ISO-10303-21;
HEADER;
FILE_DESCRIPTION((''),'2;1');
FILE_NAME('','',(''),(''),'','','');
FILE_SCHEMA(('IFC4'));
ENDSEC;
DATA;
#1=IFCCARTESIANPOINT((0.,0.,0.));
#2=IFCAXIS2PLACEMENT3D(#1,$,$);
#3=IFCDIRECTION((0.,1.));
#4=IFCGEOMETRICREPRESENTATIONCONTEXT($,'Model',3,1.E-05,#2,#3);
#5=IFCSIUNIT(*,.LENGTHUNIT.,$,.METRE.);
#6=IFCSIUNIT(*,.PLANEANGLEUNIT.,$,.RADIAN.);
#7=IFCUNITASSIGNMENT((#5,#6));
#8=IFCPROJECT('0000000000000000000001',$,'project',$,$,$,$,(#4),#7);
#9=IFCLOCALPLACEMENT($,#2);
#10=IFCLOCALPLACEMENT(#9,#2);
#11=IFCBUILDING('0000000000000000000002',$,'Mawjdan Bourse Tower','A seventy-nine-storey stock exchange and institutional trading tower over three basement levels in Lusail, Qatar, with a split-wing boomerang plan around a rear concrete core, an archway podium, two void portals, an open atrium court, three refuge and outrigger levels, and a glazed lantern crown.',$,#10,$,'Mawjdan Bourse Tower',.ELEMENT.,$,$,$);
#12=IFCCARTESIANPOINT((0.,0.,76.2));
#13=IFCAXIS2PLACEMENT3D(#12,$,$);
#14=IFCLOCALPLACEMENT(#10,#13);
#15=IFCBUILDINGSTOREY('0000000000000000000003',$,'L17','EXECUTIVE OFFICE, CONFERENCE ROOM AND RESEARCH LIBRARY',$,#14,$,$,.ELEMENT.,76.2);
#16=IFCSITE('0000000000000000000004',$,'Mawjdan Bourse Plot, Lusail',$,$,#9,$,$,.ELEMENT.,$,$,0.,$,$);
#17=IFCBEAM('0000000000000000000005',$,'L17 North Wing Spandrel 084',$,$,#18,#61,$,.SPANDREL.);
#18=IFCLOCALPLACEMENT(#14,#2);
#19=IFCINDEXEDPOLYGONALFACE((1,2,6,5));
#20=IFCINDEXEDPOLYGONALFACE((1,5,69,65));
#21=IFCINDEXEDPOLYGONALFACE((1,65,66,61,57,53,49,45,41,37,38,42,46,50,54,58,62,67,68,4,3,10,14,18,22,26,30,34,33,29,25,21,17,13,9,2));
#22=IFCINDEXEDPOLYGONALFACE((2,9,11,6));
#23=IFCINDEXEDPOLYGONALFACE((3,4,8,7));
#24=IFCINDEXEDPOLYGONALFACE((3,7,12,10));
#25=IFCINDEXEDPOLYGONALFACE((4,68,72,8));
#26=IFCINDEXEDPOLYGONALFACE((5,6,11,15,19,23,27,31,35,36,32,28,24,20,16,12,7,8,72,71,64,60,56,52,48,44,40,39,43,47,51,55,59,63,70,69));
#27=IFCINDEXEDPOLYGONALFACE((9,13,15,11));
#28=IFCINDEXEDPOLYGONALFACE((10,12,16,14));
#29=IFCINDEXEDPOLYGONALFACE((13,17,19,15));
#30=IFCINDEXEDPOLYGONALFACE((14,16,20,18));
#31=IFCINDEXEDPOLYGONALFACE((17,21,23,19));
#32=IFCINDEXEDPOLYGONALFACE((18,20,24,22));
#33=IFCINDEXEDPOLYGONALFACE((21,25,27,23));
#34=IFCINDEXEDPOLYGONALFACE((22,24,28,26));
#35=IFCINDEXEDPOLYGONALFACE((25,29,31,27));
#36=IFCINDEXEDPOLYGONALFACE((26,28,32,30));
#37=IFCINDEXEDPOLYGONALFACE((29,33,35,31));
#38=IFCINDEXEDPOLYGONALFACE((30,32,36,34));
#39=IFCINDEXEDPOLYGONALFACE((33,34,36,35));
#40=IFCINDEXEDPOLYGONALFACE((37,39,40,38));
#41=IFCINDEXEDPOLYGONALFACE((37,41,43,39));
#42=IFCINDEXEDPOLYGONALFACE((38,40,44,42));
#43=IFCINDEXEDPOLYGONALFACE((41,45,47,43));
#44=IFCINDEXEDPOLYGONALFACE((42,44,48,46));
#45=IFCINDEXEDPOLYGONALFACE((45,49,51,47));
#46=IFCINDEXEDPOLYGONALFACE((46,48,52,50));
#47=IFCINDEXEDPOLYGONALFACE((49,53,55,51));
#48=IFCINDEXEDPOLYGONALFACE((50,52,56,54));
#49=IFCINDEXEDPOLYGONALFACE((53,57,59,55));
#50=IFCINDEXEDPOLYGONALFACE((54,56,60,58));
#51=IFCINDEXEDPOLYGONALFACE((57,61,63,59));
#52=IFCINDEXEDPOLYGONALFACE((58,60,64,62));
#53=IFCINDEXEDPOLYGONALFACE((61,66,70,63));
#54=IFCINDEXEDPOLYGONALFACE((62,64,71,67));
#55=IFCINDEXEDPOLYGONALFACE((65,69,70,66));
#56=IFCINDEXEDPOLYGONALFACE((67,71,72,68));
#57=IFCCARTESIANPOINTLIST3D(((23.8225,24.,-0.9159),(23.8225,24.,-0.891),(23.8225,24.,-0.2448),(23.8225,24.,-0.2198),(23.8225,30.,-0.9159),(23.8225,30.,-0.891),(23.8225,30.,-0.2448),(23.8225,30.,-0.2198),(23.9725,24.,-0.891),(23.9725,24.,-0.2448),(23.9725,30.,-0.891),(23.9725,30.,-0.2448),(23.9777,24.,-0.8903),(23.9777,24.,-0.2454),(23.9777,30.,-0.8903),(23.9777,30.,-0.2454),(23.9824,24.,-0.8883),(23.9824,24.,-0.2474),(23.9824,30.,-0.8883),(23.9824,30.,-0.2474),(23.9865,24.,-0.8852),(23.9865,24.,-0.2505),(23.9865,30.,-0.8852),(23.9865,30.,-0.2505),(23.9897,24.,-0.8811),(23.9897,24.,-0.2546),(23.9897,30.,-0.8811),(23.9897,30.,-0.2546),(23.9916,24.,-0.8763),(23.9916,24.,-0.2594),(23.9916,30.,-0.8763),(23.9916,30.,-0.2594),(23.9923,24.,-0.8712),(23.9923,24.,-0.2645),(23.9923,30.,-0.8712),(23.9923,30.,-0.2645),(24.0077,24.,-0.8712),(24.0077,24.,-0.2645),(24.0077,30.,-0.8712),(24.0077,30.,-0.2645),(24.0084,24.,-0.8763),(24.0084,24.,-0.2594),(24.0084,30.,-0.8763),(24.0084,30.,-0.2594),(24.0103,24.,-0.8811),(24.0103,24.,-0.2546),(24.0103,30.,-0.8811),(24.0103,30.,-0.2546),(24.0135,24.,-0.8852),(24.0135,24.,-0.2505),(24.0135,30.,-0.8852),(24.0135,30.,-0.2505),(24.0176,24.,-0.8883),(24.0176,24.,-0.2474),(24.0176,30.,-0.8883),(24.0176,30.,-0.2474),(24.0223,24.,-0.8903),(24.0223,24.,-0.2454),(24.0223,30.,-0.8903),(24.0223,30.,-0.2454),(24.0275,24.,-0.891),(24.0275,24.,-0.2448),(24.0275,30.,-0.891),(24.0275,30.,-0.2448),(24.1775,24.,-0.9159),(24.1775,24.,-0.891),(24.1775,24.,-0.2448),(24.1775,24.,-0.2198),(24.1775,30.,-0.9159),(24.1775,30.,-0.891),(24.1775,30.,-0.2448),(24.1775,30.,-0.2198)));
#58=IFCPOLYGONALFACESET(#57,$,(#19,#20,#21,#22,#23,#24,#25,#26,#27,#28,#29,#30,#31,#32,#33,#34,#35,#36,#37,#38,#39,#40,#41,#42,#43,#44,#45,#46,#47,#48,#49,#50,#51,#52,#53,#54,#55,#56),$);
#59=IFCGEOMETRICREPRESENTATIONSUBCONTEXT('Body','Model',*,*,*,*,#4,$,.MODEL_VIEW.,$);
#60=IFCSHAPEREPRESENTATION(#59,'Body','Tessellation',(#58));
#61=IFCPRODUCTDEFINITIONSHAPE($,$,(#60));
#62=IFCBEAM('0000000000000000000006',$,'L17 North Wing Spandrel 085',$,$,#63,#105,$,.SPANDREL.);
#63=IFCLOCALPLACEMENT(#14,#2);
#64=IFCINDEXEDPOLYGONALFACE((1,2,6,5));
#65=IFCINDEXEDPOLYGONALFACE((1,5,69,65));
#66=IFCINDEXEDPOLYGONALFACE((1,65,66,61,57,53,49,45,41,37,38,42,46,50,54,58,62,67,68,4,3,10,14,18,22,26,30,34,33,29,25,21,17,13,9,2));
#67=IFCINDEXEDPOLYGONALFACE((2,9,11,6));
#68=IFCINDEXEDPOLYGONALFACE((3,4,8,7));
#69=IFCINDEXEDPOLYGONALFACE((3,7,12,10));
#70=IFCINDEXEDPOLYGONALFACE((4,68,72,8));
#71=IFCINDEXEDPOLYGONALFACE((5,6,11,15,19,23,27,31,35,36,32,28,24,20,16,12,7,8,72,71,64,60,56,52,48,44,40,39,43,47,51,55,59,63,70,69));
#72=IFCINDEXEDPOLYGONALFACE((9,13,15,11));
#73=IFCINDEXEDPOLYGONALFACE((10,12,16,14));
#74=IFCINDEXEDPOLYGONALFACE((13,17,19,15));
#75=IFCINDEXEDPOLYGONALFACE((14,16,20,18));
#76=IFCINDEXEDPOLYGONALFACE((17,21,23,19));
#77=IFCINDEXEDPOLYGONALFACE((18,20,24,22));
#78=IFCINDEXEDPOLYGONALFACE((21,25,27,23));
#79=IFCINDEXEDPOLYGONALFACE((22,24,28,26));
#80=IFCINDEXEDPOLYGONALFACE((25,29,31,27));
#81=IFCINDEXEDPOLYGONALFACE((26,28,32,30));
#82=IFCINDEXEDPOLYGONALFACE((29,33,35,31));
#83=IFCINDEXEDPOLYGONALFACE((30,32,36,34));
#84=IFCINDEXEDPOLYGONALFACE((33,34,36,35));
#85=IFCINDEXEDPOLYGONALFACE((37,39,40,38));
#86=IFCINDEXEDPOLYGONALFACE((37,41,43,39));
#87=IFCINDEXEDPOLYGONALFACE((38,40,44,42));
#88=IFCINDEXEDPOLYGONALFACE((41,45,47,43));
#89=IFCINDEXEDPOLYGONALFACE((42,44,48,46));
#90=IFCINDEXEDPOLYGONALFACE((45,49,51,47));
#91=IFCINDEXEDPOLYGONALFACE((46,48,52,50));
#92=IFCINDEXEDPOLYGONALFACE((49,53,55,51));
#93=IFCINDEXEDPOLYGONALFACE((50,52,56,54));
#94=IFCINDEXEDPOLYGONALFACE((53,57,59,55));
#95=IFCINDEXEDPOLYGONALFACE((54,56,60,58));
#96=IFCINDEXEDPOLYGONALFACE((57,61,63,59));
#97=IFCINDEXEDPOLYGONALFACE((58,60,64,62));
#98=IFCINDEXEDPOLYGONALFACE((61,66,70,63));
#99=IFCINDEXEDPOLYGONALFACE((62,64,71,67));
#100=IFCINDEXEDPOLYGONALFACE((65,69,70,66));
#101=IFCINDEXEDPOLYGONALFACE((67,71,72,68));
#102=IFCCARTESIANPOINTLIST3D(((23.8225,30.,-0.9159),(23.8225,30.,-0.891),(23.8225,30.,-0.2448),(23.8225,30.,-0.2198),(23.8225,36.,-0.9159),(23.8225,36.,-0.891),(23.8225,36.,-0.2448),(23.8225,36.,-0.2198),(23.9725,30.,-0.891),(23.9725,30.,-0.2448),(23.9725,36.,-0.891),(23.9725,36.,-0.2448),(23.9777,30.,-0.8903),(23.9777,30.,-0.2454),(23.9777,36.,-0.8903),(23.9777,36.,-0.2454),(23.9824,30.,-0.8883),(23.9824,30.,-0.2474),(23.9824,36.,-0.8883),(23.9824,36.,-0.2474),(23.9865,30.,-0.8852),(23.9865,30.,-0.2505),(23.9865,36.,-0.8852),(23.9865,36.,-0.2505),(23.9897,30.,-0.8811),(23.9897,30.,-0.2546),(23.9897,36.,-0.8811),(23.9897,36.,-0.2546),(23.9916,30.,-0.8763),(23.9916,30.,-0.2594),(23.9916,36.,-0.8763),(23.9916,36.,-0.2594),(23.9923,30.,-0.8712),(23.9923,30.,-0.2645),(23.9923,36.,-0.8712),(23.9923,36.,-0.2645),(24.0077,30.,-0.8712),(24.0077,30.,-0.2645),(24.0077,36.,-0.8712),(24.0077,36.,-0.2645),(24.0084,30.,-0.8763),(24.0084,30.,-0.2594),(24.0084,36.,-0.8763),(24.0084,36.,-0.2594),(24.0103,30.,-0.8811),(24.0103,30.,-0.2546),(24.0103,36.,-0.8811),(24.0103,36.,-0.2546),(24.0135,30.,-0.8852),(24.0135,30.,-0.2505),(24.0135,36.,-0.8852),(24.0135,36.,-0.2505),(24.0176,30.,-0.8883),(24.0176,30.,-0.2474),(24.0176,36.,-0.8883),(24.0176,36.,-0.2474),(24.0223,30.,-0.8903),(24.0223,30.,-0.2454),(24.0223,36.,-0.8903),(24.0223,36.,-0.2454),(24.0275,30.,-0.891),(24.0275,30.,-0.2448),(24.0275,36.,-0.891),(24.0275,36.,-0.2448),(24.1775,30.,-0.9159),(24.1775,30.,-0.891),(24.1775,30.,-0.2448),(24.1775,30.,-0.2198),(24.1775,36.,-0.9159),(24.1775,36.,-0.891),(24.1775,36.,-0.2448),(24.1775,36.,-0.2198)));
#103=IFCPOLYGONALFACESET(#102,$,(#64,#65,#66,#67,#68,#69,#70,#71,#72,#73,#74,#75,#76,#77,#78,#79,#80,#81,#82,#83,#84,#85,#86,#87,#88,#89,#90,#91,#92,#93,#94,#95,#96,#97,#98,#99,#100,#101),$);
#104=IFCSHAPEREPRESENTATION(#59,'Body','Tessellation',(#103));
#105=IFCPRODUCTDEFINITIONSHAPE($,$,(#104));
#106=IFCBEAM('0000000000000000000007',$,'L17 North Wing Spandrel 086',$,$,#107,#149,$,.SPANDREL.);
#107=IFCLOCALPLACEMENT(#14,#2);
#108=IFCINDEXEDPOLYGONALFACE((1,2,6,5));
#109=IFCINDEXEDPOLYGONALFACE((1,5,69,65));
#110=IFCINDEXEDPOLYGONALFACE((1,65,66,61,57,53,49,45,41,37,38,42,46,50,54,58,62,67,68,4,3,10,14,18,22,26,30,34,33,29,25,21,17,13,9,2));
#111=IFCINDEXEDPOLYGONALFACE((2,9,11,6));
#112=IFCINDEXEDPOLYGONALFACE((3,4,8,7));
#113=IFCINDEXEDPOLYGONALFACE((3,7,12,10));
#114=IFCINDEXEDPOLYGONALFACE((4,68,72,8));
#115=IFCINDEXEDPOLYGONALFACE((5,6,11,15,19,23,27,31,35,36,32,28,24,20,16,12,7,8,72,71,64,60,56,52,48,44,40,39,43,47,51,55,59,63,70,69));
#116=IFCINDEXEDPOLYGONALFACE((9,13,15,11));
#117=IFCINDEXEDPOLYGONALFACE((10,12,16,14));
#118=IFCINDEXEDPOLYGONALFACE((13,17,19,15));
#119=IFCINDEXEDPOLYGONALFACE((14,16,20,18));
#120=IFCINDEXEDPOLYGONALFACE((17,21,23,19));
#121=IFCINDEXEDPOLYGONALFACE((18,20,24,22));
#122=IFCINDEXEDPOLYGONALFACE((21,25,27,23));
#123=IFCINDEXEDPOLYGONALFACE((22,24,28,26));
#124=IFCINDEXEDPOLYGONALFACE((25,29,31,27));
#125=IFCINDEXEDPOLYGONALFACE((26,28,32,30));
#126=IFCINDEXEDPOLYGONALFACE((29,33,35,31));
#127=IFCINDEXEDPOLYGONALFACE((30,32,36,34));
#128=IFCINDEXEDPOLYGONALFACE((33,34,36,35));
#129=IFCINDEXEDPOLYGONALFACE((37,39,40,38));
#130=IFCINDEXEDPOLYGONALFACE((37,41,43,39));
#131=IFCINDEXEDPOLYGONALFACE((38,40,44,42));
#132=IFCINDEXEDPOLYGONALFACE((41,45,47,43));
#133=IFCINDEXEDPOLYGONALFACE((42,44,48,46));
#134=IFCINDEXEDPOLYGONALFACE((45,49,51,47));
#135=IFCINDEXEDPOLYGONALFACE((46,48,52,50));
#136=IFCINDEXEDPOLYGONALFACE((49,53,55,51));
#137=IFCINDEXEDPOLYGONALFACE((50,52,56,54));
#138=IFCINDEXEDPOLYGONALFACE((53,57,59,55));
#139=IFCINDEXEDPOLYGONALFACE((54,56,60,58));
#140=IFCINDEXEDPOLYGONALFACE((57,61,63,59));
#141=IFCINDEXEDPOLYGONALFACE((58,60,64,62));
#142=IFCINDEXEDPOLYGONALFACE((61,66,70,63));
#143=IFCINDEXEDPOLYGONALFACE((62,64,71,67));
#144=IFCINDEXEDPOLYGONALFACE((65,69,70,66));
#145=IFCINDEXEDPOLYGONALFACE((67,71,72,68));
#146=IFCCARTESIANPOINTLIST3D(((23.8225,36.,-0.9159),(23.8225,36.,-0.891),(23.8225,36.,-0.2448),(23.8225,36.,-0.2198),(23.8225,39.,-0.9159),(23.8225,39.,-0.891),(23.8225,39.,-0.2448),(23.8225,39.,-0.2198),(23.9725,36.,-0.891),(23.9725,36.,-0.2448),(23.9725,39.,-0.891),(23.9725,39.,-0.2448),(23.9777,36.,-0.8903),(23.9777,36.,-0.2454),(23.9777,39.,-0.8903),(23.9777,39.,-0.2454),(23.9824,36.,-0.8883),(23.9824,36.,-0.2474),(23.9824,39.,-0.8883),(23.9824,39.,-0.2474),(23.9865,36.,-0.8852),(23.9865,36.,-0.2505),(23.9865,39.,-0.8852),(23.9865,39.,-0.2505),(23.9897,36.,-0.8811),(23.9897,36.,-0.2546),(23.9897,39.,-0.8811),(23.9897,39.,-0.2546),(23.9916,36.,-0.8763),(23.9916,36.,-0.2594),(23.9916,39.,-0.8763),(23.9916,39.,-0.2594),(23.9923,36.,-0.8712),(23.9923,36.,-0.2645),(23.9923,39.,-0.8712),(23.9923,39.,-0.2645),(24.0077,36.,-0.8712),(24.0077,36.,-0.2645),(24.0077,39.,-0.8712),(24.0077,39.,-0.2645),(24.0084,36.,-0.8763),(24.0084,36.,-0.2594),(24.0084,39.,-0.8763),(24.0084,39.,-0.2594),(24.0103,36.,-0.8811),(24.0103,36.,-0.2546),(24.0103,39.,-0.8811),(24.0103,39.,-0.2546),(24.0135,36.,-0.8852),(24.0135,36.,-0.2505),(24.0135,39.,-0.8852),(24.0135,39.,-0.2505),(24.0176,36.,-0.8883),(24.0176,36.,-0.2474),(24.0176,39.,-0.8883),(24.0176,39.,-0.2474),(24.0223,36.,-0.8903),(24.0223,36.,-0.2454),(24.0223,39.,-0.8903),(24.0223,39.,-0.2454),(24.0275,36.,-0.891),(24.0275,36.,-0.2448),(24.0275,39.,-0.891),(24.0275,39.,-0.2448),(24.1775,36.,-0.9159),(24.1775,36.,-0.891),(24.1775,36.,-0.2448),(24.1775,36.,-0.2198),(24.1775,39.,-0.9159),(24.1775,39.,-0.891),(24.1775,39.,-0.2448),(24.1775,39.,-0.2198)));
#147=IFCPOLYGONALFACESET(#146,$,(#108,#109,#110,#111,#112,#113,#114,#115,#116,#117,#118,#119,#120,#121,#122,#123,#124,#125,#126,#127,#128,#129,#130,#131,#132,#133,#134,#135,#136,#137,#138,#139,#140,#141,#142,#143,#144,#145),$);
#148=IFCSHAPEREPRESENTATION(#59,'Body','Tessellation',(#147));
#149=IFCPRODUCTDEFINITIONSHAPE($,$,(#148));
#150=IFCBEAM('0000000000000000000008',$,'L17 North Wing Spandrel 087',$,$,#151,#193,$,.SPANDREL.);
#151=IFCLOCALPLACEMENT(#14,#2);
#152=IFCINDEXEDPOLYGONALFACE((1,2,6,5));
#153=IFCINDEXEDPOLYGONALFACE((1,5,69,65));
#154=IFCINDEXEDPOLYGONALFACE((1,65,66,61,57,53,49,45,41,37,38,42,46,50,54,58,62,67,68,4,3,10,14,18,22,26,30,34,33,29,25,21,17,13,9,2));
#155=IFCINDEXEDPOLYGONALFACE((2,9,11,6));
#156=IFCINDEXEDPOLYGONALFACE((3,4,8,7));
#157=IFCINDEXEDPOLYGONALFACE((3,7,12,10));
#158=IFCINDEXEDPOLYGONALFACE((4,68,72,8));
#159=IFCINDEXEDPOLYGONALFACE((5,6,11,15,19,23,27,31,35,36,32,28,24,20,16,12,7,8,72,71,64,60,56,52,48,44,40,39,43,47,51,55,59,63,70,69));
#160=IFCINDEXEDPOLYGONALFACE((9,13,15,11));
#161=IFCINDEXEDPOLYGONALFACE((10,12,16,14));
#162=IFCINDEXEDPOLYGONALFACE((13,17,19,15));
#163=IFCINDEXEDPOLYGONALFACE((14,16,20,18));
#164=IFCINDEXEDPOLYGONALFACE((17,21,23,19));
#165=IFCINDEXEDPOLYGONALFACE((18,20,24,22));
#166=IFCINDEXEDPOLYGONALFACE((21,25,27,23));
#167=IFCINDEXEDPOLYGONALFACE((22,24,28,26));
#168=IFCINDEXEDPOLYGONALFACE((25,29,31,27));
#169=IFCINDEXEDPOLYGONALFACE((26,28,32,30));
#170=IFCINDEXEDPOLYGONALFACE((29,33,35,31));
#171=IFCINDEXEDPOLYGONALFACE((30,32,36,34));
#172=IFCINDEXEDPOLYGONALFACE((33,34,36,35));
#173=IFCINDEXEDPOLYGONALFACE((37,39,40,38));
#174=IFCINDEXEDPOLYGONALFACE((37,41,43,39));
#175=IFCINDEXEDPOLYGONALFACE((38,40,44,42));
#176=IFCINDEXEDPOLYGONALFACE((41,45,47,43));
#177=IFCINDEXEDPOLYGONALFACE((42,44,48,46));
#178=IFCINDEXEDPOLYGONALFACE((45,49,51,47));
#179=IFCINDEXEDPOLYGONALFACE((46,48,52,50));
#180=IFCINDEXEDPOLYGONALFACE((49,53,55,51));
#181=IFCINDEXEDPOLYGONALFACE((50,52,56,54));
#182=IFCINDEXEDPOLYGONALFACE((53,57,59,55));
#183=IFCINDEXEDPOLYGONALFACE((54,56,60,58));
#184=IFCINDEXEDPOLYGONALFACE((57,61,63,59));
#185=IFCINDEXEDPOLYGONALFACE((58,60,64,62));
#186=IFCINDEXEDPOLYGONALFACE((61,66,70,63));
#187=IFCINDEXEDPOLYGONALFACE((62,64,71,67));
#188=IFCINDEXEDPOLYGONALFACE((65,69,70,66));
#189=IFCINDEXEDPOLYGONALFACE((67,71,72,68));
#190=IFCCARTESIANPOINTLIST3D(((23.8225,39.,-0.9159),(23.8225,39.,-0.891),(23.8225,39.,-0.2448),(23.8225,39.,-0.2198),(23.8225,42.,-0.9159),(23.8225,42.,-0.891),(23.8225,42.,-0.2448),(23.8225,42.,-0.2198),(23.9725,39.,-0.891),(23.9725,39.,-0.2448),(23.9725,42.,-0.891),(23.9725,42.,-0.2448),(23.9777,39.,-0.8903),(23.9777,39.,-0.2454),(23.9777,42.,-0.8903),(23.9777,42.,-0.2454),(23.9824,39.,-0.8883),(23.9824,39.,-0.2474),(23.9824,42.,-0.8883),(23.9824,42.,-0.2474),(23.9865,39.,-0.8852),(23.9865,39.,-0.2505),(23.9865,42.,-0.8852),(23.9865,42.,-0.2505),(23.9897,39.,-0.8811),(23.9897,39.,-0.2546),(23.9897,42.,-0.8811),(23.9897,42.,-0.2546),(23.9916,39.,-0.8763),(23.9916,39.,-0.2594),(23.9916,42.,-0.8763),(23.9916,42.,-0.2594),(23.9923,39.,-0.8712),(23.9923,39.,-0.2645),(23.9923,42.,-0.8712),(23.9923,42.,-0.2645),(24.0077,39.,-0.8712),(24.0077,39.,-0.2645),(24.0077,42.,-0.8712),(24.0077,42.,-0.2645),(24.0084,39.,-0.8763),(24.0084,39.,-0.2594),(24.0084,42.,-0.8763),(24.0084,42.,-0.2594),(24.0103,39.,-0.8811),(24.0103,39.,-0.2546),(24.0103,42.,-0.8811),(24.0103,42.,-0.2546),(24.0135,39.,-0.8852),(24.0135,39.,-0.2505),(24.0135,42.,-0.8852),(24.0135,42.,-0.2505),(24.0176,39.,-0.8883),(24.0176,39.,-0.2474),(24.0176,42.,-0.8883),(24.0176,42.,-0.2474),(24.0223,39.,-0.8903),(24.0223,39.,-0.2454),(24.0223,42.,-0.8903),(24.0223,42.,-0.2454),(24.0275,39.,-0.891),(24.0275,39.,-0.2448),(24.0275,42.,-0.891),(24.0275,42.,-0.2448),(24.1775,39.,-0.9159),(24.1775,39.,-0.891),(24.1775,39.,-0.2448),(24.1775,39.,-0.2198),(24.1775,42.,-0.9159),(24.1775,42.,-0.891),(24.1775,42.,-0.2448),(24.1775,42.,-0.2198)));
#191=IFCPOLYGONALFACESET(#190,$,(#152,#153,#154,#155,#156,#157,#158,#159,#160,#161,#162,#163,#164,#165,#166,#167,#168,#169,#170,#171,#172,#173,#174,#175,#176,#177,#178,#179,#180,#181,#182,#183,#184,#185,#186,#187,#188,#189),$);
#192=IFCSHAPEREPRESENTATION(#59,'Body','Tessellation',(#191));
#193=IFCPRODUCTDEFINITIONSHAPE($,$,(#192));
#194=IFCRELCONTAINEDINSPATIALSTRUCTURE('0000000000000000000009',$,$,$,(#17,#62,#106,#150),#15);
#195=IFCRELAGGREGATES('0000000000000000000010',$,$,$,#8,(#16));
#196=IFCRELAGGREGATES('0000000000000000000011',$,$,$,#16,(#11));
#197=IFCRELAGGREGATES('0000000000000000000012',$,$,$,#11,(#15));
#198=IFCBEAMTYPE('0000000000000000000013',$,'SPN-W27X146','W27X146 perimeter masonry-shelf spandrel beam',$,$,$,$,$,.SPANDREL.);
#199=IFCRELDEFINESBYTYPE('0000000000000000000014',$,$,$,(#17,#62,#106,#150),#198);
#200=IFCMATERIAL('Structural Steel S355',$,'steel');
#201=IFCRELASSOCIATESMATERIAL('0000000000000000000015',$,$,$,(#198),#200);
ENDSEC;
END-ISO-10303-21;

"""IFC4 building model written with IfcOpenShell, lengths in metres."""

from ifc_helpers import new_model, si_unit, direction, frame, origin, origin_2d, place, context, subcontext, project, spatial, i_section, extrude, material, material_profile, profile_set, type_object, element, save


model = new_model("IFC4")

# Units and contexts
model_context = context("Model", 3, precision=1e-05, world=origin(), true_north=direction((0.0, 1.0)))
body_context = subcontext(model_context, "Body", "Model", "MODEL_VIEW")
ifc_project = project(units=[si_unit("LENGTHUNIT", "METRE"), si_unit("PLANEANGLEUNIT", "RADIAN")], contexts=[model_context])

# Site, building, storey
site_placement = place(None, origin())
site = spatial("IfcSite", under=ifc_project, at=site_placement, Name="Mawjdan Bourse Plot, Lusail", CompositionType="ELEMENT", RefElevation=0.0)
building_placement = place(site_placement, origin())
building = spatial("IfcBuilding", under=site, at=building_placement, Name="Mawjdan Bourse Tower", Description="A seventy-nine-storey stock exchange and institutional trading tower over three basement levels in Lusail, Qatar, with a split-wing boomerang plan around a rear concrete core, an archway podium, two void portals, an open atrium court, three refuge and outrigger levels, and a glazed lantern crown.", LongName="Mawjdan Bourse Tower", CompositionType="ELEMENT")
storey_placement = place(building_placement, frame((0.0, 0.0, 76.2)))
storey = spatial("IfcBuildingStorey", under=building, at=storey_placement, Name="L17", Description="EXECUTIVE OFFICE, CONFERENCE ROOM AND RESEARCH LIBRARY", CompositionType="ELEMENT", Elevation=76.2)

# Beams
ifc_material_1 = material(Name="Structural Steel S355", Category="steel")
ifc_material_profile_1 = material_profile(ifc_material_1, i_section(OverallWidth=0.355, OverallDepth=0.696, WebThickness=0.0154, FlangeThickness=0.0249, FilletRadius=0.0198, at=origin_2d()), Name="W27X146")
ifc_profile_set_1 = profile_set([ifc_material_profile_1], Name="Structural Steel S355")
beam_type = type_object("IfcBeamType", Name="SPN-W27X146", Description="W27X146 perimeter masonry-shelf spandrel beam", PredefinedType="SPANDREL", material=ifc_profile_set_1)
for number, where, z_axis, x_axis, name in (
    (1, (24.0, 24.0, -0.5679), (0.0, 1.0, 0.0), (-1.0, 0.0, 0.0), "L17 North Wing Spandrel 084"),
    (2, (24.0, 30.0, -0.5679), (0.0, 1.0, 0.0), (-1.0, 0.0, 0.0), "L17 North Wing Spandrel 085"),
):
    element("IfcBeam", number, at=place(storey_placement, frame(where, z_axis=z_axis, x_axis=x_axis)), inside=storey, type_object=beam_type, Name=name, PredefinedType="SPANDREL", context=body_context, shape_type="SweptSolid", body=[
        extrude(i_section(OverallWidth=0.355, OverallDepth=0.696, WebThickness=0.0154, FlangeThickness=0.0249, FilletRadius=0.0198, at=origin_2d()), origin(), (0.0, 0.0, 1.0), 6.0),
    ])
for number, where, z_axis, x_axis, name in (
    (3, (24.0, 36.0, -0.5679), (0.0, 1.0, 0.0), (-1.0, 0.0, 0.0), "L17 North Wing Spandrel 086"),
    (4, (24.0, 39.0, -0.5679), (0.0, 1.0, 0.0), (-1.0, 0.0, 0.0), "L17 North Wing Spandrel 087"),
):
    element("IfcBeam", number, at=place(storey_placement, frame(where, z_axis=z_axis, x_axis=x_axis)), inside=storey, type_object=beam_type, Name=name, PredefinedType="SPANDREL", context=body_context, shape_type="SweptSolid", body=[
        extrude(i_section(OverallWidth=0.355, OverallDepth=0.696, WebThickness=0.0154, FlangeThickness=0.0249, FilletRadius=0.0198, at=origin_2d()), origin(), (0.0, 0.0, 1.0), 3.0),
    ])

save(model, "model.ifc")
